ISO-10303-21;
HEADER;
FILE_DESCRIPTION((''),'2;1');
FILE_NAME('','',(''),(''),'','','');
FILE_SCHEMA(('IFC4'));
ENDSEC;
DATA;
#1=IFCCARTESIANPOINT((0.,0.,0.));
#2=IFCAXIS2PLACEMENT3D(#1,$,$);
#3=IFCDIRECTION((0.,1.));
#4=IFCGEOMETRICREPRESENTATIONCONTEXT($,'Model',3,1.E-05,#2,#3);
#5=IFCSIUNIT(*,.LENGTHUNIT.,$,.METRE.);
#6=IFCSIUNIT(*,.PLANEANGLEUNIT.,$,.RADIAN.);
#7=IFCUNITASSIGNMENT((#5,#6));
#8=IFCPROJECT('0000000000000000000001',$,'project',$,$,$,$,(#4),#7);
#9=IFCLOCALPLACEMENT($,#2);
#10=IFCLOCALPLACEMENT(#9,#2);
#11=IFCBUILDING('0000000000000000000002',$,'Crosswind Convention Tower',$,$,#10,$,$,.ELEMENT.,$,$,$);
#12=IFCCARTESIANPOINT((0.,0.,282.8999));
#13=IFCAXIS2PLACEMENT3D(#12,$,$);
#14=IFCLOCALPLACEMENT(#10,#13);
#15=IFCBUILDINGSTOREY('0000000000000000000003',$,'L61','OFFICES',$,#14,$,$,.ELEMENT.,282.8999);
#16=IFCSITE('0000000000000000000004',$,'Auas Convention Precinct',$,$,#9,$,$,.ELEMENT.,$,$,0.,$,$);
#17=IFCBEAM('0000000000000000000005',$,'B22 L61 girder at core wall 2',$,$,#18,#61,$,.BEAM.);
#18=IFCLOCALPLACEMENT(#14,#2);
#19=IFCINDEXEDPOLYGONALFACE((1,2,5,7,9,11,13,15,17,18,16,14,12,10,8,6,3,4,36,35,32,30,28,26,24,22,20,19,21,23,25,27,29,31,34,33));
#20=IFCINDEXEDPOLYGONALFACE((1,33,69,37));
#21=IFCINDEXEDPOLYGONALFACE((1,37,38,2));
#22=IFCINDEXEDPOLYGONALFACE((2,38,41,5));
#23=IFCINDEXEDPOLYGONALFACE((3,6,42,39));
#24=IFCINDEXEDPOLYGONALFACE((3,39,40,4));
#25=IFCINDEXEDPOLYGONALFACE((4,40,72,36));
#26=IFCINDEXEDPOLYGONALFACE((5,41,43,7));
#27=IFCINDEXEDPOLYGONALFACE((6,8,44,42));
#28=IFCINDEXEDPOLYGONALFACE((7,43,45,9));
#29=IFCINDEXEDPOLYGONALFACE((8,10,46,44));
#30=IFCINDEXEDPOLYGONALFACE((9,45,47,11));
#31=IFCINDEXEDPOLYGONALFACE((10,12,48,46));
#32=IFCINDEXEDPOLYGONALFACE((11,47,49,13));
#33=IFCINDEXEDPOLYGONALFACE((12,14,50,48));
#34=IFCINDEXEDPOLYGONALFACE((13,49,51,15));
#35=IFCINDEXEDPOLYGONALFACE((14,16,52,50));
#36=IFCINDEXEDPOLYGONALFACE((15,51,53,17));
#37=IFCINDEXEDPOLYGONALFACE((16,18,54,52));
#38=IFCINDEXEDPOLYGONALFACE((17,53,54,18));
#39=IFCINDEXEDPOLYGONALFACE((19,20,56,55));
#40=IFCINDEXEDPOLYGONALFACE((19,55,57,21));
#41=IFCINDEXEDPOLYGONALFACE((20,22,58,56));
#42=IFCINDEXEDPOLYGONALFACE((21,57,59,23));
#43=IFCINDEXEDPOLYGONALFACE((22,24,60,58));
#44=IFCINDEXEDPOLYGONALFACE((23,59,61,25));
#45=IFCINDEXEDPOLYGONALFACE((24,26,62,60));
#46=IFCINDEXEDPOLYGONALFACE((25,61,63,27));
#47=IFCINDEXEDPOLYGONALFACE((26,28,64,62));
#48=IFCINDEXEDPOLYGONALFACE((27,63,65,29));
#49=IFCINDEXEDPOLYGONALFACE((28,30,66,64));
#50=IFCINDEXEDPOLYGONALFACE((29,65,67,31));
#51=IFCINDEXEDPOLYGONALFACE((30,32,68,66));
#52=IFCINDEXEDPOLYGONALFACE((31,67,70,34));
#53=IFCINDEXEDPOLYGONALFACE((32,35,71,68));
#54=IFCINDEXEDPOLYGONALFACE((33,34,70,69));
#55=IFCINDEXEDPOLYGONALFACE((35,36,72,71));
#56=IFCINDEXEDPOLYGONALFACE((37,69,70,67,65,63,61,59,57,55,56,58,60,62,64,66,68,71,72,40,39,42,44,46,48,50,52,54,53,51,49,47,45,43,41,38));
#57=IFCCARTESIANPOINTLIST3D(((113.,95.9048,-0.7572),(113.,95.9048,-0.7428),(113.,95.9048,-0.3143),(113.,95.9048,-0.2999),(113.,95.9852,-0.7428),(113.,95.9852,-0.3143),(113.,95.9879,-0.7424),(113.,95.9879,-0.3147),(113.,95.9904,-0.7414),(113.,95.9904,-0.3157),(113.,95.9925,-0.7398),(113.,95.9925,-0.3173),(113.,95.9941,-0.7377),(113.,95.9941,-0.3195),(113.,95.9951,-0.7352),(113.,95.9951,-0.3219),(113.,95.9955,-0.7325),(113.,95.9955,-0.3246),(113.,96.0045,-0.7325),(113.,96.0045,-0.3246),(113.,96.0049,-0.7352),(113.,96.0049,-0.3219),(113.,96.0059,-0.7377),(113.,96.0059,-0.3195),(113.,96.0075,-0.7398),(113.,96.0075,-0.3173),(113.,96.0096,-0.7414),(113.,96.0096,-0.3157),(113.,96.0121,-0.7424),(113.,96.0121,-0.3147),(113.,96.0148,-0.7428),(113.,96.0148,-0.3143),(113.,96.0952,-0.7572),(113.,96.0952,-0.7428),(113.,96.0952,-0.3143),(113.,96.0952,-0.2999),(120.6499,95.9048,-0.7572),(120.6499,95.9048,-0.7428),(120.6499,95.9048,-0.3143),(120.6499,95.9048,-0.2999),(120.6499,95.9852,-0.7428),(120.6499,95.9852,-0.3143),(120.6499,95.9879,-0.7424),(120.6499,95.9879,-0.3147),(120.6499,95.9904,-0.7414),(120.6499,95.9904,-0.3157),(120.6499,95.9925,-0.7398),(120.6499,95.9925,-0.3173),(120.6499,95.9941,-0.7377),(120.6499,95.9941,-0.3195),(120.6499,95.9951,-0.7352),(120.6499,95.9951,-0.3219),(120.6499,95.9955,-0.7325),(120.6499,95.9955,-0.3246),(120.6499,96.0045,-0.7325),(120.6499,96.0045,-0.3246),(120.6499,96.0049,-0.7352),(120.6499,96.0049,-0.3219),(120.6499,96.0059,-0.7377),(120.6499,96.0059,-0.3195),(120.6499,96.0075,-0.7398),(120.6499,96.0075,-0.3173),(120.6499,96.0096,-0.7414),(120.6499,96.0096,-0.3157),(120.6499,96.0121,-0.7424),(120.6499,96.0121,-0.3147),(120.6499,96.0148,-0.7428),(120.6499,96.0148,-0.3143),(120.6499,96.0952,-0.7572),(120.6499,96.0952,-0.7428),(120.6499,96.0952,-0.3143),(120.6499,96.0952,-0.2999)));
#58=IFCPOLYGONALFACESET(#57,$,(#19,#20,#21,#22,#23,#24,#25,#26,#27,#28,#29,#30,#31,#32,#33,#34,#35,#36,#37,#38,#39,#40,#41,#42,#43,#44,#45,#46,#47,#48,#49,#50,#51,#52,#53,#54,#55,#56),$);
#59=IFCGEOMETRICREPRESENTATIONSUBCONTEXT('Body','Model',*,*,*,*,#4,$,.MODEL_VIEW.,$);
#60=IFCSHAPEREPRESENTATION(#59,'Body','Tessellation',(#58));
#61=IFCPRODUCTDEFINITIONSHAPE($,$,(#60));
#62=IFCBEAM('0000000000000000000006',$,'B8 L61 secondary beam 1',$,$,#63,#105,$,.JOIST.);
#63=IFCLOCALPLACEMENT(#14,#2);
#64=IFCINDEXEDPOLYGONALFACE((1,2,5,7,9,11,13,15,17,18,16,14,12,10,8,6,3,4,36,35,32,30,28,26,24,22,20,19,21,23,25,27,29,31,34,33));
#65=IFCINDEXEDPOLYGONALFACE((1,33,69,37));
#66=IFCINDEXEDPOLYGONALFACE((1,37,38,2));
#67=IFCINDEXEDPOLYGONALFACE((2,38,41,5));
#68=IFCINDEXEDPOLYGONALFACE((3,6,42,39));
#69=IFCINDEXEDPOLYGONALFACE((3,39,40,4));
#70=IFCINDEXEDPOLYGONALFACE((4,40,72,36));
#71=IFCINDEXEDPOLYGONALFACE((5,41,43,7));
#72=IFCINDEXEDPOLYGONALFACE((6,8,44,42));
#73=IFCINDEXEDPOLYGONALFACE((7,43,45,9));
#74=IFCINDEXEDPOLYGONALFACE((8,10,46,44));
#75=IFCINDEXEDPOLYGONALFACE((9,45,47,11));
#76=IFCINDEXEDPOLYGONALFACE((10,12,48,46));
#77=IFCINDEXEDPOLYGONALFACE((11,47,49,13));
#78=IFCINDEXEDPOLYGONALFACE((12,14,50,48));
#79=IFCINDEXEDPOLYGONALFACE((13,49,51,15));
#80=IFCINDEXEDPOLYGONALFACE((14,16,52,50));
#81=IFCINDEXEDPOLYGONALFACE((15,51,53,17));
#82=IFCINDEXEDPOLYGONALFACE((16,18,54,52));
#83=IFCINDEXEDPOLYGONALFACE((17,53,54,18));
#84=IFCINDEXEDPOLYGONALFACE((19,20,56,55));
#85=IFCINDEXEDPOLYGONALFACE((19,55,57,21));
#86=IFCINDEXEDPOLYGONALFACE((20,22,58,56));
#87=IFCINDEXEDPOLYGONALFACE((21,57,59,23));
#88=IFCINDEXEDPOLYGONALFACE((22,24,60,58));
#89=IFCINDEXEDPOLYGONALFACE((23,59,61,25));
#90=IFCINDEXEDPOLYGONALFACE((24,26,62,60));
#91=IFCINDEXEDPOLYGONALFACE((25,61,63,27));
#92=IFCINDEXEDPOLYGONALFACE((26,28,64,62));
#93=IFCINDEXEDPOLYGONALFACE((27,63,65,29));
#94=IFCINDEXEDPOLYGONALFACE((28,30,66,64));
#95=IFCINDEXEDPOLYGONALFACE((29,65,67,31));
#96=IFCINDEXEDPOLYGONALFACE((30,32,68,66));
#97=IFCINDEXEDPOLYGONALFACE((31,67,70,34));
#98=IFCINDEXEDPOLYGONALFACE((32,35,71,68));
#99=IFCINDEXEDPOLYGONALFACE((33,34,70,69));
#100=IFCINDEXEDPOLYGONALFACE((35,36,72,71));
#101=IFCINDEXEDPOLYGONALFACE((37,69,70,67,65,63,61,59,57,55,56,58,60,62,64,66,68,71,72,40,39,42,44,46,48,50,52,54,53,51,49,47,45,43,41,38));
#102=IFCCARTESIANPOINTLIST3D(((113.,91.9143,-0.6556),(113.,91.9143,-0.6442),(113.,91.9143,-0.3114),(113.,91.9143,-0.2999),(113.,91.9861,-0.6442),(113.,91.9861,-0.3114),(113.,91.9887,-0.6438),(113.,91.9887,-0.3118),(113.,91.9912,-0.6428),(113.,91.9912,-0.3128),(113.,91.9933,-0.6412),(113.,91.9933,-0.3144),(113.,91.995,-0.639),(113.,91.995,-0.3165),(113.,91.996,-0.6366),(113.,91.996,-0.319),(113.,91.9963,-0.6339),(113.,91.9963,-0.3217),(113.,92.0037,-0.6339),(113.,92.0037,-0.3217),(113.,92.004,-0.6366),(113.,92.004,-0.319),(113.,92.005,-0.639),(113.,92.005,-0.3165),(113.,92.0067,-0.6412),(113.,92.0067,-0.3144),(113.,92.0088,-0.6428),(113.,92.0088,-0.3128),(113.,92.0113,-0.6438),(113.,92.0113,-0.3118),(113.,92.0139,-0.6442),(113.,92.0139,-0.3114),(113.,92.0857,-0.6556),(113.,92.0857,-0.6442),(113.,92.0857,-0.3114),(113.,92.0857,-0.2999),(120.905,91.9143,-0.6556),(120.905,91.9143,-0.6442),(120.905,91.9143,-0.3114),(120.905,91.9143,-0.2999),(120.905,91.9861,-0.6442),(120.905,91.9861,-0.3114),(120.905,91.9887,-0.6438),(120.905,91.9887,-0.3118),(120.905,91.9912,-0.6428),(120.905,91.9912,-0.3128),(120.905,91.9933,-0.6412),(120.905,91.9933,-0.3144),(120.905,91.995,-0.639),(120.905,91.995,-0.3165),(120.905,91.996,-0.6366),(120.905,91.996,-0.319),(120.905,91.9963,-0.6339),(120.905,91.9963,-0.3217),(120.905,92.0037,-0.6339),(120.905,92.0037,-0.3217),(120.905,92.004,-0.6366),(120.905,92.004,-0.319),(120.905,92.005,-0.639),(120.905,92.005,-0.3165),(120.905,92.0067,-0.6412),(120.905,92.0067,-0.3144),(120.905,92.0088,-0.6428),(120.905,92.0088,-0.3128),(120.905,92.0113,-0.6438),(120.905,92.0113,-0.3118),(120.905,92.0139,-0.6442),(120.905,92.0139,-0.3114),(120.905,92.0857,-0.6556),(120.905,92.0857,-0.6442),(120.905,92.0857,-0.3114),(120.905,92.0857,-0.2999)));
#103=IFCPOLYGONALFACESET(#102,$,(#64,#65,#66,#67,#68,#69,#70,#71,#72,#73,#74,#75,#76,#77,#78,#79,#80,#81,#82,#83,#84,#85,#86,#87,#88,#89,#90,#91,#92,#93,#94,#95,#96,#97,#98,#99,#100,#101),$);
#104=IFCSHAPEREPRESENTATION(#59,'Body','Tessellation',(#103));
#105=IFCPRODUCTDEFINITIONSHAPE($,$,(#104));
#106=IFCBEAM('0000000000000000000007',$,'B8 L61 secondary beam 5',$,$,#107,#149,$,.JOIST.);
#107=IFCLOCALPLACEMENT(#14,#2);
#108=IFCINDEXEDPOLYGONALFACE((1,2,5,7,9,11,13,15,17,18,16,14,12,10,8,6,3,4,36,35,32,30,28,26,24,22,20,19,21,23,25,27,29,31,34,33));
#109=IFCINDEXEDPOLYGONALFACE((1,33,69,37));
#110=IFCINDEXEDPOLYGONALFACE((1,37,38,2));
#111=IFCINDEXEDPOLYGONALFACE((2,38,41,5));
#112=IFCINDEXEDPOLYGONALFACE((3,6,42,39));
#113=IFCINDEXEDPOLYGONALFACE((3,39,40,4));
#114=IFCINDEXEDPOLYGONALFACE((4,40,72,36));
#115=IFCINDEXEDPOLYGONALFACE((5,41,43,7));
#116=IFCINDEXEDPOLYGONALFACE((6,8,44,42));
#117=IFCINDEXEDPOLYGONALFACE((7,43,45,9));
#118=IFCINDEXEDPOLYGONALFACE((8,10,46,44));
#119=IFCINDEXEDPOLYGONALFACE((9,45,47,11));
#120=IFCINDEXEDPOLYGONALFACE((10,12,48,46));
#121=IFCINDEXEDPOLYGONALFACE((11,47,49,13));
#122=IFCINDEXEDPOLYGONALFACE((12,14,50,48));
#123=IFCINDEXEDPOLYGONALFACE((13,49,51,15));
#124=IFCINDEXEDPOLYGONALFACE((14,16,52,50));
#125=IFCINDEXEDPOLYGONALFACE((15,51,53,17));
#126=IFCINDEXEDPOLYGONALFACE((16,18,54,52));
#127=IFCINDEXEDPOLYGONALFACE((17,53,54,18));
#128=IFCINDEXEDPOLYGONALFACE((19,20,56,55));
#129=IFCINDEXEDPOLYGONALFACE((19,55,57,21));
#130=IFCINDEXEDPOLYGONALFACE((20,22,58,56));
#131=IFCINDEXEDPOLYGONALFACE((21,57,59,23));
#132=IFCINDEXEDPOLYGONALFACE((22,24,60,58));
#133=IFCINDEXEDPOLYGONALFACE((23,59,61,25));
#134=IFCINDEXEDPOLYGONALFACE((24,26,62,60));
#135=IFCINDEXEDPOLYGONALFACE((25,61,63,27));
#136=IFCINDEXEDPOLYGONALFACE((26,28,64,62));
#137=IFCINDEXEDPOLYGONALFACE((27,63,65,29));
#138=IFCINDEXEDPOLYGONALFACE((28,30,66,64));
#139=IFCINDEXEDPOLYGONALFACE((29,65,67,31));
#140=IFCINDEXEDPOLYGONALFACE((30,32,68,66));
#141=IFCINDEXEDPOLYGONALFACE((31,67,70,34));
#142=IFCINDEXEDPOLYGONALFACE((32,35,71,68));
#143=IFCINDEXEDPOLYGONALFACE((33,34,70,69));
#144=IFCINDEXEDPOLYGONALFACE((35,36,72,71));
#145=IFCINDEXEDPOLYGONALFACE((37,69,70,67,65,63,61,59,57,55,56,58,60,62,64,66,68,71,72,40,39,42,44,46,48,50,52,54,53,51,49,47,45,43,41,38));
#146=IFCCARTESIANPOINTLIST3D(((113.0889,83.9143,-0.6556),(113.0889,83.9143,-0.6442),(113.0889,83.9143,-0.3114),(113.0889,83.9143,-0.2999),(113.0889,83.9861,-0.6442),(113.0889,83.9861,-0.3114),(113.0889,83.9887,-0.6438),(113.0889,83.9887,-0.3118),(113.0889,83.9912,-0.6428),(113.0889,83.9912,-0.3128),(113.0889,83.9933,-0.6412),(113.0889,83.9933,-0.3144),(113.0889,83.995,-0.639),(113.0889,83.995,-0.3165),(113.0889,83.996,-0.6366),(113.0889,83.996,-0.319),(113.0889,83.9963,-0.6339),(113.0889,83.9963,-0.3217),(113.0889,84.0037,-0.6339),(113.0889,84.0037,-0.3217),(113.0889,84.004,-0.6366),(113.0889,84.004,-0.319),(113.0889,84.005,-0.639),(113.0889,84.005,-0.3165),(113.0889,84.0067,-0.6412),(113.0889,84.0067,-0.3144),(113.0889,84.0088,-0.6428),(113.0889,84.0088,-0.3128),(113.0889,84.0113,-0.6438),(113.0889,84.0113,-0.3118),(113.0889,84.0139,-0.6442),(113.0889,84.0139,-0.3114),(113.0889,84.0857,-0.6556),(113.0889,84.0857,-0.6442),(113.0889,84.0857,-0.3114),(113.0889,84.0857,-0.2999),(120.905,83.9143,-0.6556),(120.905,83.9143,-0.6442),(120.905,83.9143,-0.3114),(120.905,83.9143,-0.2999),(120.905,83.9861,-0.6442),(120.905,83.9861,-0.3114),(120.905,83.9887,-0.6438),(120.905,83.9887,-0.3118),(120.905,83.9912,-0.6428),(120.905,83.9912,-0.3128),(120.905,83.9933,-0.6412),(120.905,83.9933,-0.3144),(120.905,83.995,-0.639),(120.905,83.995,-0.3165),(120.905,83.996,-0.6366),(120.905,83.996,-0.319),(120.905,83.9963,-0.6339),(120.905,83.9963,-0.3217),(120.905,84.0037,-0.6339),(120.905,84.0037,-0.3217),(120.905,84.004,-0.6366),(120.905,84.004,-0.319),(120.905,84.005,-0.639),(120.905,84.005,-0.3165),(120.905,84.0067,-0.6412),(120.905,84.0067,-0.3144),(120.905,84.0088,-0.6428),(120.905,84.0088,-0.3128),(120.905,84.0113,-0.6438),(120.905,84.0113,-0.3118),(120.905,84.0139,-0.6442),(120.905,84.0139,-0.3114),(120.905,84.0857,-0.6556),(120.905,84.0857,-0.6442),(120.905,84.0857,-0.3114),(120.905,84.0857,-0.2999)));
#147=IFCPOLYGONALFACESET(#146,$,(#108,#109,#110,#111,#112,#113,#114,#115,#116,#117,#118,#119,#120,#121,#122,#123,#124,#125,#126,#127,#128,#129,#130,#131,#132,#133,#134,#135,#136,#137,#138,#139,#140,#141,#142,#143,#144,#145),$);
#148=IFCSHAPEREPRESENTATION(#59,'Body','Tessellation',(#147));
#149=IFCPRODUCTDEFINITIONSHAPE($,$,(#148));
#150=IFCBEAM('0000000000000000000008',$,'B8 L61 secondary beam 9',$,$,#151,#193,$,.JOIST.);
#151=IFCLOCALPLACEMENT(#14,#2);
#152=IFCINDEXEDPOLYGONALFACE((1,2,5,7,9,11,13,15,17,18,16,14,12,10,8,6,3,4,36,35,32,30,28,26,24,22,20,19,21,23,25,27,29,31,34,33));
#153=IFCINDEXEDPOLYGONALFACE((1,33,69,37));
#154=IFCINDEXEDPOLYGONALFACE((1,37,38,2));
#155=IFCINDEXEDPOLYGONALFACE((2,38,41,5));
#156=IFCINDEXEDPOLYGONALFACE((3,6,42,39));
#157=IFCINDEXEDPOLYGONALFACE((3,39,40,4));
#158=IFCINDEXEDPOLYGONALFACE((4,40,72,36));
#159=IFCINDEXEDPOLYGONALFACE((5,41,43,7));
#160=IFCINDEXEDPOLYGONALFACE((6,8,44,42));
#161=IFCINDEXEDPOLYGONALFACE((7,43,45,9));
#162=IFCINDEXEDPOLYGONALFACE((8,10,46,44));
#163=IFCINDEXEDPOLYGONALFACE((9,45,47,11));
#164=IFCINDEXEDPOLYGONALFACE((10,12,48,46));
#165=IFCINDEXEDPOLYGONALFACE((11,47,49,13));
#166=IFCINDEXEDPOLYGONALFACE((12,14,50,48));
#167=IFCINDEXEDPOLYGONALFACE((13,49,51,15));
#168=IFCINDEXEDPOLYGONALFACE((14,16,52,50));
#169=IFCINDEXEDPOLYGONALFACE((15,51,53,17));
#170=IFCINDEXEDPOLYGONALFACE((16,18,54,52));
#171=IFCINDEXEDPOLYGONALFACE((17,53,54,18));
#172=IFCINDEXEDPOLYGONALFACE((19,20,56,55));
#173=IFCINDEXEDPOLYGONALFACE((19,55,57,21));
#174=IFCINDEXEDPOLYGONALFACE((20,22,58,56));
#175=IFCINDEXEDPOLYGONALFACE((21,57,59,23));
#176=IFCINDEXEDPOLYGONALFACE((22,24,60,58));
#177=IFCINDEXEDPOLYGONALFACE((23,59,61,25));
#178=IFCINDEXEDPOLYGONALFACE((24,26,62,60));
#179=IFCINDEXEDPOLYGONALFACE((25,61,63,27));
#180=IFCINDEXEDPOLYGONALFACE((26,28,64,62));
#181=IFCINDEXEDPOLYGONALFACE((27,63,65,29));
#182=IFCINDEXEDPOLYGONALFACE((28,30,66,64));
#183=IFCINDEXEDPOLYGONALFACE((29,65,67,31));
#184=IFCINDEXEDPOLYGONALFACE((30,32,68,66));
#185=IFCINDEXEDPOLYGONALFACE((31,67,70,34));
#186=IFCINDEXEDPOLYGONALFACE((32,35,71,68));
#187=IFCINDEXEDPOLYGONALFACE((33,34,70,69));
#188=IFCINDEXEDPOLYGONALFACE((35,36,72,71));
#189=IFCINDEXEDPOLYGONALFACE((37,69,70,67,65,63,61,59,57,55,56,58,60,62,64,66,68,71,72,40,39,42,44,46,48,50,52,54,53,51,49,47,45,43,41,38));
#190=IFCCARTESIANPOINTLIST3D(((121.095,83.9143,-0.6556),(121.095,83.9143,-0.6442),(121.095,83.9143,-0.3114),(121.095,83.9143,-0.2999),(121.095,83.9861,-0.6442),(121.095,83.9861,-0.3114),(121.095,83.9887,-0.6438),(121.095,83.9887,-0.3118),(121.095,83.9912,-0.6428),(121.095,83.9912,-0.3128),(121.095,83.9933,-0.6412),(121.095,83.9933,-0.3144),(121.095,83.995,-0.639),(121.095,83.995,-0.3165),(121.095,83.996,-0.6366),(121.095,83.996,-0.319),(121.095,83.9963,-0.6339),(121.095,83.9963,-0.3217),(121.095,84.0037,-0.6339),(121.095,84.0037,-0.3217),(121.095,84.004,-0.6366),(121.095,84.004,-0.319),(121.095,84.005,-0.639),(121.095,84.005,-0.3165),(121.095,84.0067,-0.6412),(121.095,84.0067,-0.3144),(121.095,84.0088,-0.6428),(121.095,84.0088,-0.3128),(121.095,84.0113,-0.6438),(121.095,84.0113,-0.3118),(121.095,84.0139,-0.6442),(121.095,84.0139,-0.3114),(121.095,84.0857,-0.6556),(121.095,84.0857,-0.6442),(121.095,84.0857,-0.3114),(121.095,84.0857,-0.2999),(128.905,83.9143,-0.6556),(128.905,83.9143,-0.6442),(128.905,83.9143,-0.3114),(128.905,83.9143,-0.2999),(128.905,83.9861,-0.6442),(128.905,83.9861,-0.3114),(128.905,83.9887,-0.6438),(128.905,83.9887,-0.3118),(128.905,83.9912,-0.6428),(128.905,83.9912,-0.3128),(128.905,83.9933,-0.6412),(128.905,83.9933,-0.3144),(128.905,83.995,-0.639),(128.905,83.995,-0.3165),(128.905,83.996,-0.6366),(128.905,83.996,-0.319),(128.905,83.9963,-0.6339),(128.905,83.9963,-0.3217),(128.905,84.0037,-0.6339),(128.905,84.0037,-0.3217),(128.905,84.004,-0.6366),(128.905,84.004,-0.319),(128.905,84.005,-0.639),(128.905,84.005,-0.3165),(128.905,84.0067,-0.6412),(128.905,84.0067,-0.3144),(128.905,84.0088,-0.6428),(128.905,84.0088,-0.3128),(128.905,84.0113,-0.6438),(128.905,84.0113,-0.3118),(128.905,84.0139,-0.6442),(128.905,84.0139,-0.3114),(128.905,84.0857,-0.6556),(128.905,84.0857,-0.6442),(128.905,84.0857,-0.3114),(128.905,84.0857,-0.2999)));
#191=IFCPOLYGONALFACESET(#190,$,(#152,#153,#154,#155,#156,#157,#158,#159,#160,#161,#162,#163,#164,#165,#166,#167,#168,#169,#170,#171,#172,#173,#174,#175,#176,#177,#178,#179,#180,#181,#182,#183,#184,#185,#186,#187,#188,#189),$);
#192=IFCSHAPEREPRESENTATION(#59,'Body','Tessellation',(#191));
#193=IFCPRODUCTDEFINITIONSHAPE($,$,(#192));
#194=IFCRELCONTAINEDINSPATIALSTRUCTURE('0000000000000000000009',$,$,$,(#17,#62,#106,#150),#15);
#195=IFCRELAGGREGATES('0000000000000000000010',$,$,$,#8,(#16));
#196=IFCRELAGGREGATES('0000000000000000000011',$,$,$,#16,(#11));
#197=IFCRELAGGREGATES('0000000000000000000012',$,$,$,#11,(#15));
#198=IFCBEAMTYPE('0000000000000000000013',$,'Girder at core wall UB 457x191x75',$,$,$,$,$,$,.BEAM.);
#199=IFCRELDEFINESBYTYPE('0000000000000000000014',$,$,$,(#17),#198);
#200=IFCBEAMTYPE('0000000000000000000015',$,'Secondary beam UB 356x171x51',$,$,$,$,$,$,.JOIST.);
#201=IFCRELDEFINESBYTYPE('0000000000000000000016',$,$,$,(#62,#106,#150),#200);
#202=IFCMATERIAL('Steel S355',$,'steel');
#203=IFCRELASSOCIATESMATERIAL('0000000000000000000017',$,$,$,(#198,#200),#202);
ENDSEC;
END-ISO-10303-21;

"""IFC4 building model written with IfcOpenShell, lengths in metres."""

from ifc_helpers import new_model, si_unit, direction, frame, origin, origin_2d, place, context, subcontext, project, spatial, i_section, extrude, material, material_profile, profile_set, type_object, element, save


model = new_model("IFC4")

# Units and contexts
model_context = context("Model", 3, precision=1e-05, world=origin(), true_north=direction((0.0, 1.0)))
body_context = subcontext(model_context, "Body", "Model", "MODEL_VIEW")
ifc_project = project(units=[si_unit("LENGTHUNIT", "METRE"), si_unit("PLANEANGLEUNIT", "RADIAN")], contexts=[model_context])

# Site, building, storey
site_placement = place(None, origin())
site = spatial("IfcSite", under=ifc_project, at=site_placement, Name="Auas Convention Precinct", CompositionType="ELEMENT", RefElevation=0.0)
building_placement = place(site_placement, origin())
building = spatial("IfcBuilding", under=site, at=building_placement, Name="Crosswind Convention Tower", CompositionType="ELEMENT")
storey_placement = place(building_placement, frame((0.0, 0.0, 282.8999)))
storey = spatial("IfcBuildingStorey", under=building, at=storey_placement, Name="L61", Description="OFFICES", CompositionType="ELEMENT", Elevation=282.8999)

# Beams
ifc_material_1 = material(Name="Steel S355", Category="steel")
ifc_material_profile_1 = material_profile(ifc_material_1, i_section(OverallWidth=0.1904, OverallDepth=0.4573, WebThickness=0.009, FlangeThickness=0.0144, FilletRadius=0.0103, at=origin_2d()), Name="UB 457x191x75")
ifc_profile_set_1 = profile_set([ifc_material_profile_1], Name="Steel S355")
beam_type_1 = type_object("IfcBeamType", Name="Girder at core wall UB 457x191x75", PredefinedType="BEAM", material=ifc_profile_set_1)
for number, where, z_axis, x_axis, name in (
    (1, (113.0, 96.0, -0.5286), (1.0, 0.0, 0.0), (0.0, 1.0, 0.0), "B22 L61 girder at core wall 2"),
):
    element("IfcBeam", number, at=place(storey_placement, frame(where, z_axis=z_axis, x_axis=x_axis)), inside=storey, type_object=beam_type_1, Name=name, PredefinedType="BEAM", context=body_context, shape_type="SweptSolid", body=[
        extrude(i_section(OverallWidth=0.1904, OverallDepth=0.4573, WebThickness=0.009, FlangeThickness=0.0144, FilletRadius=0.0103, at=origin_2d()), origin(), (0.0, 0.0, 1.0), 7.6499),
    ])
ifc_material_profile_2 = material_profile(ifc_material_1, i_section(OverallWidth=0.1714, OverallDepth=0.3557, WebThickness=0.0073, FlangeThickness=0.0115, FilletRadius=0.0103, at=origin_2d()), Name="UB 356x171x51")
ifc_profile_set_2 = profile_set([ifc_material_profile_2], Name="Steel S355")
beam_type_2 = type_object("IfcBeamType", Name="Secondary beam UB 356x171x51", PredefinedType="JOIST", material=ifc_profile_set_2)
beam_1_placement = place(storey_placement, frame((113.0, 92.0, -0.4778), z_axis=(1.0, 0.0, 0.0), x_axis=(0.0, 1.0, 0.0)))
element("IfcBeam", 2, at=beam_1_placement, inside=storey, type_object=beam_type_2, Name="B8 L61 secondary beam 1", PredefinedType="JOIST", context=body_context, shape_type="SweptSolid", body=[
    extrude(i_section(OverallWidth=0.1714, OverallDepth=0.3557, WebThickness=0.0073, FlangeThickness=0.0115, FilletRadius=0.0103, at=origin_2d()), origin(), (0.0, 0.0, 1.0), 7.905),
])
beam_2_placement = place(storey_placement, frame((113.0889, 84.0, -0.4778), z_axis=(1.0, 0.0, 0.0), x_axis=(0.0, 1.0, 0.0)))
element("IfcBeam", 3, at=beam_2_placement, inside=storey, type_object=beam_type_2, Name="B8 L61 secondary beam 5", PredefinedType="JOIST", context=body_context, shape_type="SweptSolid", body=[
    extrude(i_section(OverallWidth=0.1714, OverallDepth=0.3557, WebThickness=0.0073, FlangeThickness=0.0115, FilletRadius=0.0103, at=origin_2d()), origin(), (0.0, 0.0, 1.0), 7.8162),
])
for number, where, z_axis, x_axis, name in (
    (4, (121.095, 84.0, -0.4778), (1.0, 0.0, 0.0), (0.0, 1.0, 0.0), "B8 L61 secondary beam 9"),
):
    element("IfcBeam", number, at=place(storey_placement, frame(where, z_axis=z_axis, x_axis=x_axis)), inside=storey, type_object=beam_type_2, Name=name, PredefinedType="JOIST", context=body_context, shape_type="SweptSolid", body=[
        extrude(i_section(OverallWidth=0.1714, OverallDepth=0.3557, WebThickness=0.0073, FlangeThickness=0.0115, FilletRadius=0.0103, at=origin_2d()), origin(), (0.0, 0.0, 1.0), 7.8101),
    ])

save(model, "model.ifc")
